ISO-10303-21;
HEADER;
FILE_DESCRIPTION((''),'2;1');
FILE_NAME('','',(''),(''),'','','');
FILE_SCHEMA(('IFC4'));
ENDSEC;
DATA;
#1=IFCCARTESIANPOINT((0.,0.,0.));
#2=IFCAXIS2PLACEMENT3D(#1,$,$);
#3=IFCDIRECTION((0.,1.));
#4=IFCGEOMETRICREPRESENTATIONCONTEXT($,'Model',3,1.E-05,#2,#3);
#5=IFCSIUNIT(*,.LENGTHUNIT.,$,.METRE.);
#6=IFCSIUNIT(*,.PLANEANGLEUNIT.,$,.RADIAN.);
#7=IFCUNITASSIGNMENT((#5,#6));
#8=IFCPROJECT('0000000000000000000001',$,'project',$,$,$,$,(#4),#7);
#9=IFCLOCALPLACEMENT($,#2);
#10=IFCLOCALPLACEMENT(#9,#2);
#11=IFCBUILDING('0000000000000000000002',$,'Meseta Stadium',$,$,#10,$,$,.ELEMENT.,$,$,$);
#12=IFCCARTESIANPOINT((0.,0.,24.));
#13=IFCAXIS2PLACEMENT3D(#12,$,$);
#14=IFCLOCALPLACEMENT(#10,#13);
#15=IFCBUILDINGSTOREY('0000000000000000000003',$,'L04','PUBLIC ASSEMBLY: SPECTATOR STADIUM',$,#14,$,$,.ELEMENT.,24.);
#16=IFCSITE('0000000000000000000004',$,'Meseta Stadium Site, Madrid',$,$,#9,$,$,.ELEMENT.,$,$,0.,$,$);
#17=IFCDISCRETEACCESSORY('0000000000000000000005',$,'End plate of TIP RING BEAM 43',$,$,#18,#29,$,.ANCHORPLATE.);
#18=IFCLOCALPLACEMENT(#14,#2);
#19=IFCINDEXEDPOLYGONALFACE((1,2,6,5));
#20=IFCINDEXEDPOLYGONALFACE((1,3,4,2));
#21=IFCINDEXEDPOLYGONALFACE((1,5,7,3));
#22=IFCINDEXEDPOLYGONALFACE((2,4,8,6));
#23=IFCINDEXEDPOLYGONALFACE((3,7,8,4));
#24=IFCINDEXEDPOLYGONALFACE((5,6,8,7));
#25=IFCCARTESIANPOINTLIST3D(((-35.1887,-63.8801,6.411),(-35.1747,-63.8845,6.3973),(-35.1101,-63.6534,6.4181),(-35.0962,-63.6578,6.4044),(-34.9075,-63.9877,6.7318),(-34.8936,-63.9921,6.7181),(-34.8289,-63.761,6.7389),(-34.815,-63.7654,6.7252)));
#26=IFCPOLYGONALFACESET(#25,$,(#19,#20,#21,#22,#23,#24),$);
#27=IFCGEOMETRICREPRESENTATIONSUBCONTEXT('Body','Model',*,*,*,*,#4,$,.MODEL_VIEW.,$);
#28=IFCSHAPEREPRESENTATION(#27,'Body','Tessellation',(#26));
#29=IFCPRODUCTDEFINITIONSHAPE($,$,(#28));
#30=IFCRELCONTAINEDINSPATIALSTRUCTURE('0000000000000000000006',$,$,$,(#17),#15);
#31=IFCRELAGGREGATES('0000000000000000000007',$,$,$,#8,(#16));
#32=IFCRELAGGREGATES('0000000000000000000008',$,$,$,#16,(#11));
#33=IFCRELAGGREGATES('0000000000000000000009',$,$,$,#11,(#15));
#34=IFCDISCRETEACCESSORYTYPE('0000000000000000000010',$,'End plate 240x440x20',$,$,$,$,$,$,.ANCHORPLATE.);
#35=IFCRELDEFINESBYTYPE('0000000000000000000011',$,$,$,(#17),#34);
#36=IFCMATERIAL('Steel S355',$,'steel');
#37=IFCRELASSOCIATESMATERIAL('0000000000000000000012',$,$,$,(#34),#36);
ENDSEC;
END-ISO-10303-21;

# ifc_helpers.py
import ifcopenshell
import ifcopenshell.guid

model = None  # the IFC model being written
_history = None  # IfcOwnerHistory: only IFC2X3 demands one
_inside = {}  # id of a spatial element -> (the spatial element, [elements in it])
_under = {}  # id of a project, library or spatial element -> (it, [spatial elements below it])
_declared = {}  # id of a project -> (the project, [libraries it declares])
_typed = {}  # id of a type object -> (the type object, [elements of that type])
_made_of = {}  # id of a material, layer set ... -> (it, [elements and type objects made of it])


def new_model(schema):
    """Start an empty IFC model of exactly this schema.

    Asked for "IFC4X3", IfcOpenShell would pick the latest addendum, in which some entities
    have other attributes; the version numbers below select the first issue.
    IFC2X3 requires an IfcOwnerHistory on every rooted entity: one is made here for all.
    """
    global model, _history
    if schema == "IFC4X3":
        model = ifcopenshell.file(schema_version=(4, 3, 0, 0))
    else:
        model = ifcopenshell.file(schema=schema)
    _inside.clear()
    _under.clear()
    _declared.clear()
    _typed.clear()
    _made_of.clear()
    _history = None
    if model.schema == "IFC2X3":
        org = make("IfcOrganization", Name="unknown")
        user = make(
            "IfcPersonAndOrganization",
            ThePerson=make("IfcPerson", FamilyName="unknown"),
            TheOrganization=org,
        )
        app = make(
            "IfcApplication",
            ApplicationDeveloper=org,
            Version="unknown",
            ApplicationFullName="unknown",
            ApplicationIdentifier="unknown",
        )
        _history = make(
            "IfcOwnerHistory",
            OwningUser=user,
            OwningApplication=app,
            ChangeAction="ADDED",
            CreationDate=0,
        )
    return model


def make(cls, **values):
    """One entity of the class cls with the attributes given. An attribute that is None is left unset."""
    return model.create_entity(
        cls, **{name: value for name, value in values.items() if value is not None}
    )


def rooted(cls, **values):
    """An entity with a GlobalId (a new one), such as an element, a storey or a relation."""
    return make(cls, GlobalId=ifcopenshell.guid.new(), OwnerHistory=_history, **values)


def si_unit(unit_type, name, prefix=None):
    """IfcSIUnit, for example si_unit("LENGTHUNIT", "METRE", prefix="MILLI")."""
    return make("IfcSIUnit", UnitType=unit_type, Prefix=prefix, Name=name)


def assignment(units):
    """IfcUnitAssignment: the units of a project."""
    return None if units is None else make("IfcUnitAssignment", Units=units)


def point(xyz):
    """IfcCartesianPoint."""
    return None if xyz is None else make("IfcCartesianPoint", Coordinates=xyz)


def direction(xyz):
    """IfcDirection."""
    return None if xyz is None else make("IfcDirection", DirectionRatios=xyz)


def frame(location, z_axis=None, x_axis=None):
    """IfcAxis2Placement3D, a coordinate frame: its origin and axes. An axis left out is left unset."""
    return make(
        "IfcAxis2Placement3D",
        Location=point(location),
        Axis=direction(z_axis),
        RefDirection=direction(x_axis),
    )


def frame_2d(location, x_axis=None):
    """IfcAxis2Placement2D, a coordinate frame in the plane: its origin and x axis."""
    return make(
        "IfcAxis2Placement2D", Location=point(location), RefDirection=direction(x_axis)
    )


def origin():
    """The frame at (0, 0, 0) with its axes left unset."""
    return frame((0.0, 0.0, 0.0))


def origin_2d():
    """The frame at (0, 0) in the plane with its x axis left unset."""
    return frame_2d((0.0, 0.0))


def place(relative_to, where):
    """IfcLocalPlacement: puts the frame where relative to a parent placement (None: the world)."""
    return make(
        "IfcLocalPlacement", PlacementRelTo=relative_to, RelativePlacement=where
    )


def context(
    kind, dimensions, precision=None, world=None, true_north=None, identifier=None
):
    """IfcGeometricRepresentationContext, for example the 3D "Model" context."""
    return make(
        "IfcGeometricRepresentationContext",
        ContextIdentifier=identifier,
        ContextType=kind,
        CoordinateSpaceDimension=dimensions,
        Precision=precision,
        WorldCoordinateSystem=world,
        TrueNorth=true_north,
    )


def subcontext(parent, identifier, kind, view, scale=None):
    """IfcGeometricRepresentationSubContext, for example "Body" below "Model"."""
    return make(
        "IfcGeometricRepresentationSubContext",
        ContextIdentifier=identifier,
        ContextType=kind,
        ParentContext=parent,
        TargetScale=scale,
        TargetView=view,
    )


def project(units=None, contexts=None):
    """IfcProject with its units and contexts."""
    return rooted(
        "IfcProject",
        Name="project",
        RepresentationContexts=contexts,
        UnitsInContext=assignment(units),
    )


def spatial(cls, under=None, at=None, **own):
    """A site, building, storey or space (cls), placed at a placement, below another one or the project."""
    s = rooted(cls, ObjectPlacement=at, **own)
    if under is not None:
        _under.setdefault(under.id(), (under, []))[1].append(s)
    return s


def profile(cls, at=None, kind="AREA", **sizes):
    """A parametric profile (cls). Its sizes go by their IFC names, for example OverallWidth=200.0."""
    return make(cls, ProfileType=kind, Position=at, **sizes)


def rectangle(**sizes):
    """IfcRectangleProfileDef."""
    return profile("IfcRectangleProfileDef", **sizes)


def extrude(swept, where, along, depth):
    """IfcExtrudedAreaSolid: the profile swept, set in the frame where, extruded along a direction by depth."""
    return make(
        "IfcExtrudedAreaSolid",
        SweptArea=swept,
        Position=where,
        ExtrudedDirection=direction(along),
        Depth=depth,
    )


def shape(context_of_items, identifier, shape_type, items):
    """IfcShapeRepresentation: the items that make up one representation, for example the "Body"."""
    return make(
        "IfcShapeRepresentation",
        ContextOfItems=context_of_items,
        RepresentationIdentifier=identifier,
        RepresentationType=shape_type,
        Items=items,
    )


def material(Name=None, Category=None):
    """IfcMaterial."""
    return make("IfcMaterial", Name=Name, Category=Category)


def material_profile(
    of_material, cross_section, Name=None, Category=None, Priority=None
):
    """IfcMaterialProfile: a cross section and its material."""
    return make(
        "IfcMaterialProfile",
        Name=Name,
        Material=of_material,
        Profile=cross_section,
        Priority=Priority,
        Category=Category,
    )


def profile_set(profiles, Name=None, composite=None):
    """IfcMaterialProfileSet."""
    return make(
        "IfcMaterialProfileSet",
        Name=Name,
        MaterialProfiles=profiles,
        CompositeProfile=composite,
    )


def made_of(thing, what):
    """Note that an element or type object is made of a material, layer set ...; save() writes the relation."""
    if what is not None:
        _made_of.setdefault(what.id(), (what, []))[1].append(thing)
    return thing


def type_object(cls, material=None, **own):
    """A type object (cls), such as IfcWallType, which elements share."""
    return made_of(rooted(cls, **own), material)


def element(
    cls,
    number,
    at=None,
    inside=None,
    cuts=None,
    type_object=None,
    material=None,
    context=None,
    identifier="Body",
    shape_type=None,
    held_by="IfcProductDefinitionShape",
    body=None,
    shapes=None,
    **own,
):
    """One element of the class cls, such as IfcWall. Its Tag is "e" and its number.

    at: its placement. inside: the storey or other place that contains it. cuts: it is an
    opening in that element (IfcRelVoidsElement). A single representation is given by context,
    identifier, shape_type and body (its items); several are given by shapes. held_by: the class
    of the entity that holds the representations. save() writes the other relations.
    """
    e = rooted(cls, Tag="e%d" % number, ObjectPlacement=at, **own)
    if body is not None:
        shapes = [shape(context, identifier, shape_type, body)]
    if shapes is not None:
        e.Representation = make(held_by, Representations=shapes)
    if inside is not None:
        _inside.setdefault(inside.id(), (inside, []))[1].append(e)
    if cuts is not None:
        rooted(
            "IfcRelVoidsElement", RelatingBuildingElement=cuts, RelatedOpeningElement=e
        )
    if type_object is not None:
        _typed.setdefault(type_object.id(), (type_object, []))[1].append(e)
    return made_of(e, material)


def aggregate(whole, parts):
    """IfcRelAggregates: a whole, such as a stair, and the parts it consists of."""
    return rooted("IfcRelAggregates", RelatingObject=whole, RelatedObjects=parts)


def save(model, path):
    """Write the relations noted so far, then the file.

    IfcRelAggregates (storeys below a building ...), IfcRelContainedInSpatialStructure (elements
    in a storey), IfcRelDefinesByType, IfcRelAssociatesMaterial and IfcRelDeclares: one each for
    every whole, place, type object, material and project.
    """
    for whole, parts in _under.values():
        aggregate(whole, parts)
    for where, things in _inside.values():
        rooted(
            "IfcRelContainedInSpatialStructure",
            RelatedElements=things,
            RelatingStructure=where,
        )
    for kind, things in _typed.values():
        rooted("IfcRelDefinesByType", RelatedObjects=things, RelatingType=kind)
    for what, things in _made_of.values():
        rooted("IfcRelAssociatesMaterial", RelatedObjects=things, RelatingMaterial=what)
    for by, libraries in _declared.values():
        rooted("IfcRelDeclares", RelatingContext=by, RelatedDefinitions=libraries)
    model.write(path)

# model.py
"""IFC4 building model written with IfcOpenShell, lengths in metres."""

from ifc_helpers import new_model, si_unit, direction, frame, origin, origin_2d, place, context, subcontext, project, spatial, rectangle, extrude, material, material_profile, profile_set, type_object, element, save


model = new_model("IFC4")

# Units and contexts
model_context = context("Model", 3, precision=1e-05, world=origin(), true_north=direction((0.0, 1.0)))
body_context = subcontext(model_context, "Body", "Model", "MODEL_VIEW")
ifc_project = project(units=[si_unit("LENGTHUNIT", "METRE"), si_unit("PLANEANGLEUNIT", "RADIAN")], contexts=[model_context])

# Site, building, storey
site_placement = place(None, origin())
site = spatial("IfcSite", under=ifc_project, at=site_placement, Name="Meseta Stadium Site, Madrid", CompositionType="ELEMENT", RefElevation=0.0)
building_placement = place(site_placement, origin())
building = spatial("IfcBuilding", under=site, at=building_placement, Name="Meseta Stadium", CompositionType="ELEMENT")
storey_placement = place(building_placement, frame((0.0, 0.0, 24.0)))
storey = spatial("IfcBuildingStorey", under=building, at=storey_placement, Name="L04", Description="PUBLIC ASSEMBLY: SPECTATOR STADIUM", CompositionType="ELEMENT", Elevation=24.0)

# Discrete accessory
ifc_material_1 = material(Name="Steel S355", Category="steel")
ifc_material_profile_1 = material_profile(ifc_material_1, rectangle(XDim=0.24, YDim=0.4399, at=origin_2d()), Name="PL 240x440")
ifc_profile_set_1 = profile_set([ifc_material_profile_1], Name="Steel S355")
discrete_accessory_type_1 = type_object("IfcDiscreteAccessoryType", Name="End plate 240x440x20", PredefinedType="ANCHORPLATE", material=ifc_profile_set_1)
discrete_accessory_1_placement = place(storey_placement, frame((-35.0088, -63.8206, 6.575), z_axis=(0.695899, -0.219757, -0.68369), x_axis=(0.327476, 0.94439, 0.02977)))
element("IfcDiscreteAccessory", 1, at=discrete_accessory_1_placement, inside=storey, type_object=discrete_accessory_type_1, Name="End plate of TIP RING BEAM 43", PredefinedType="ANCHORPLATE", context=body_context, shape_type="SweptSolid", body=[
    extrude(rectangle(XDim=0.24, YDim=0.4399, at=origin_2d()), origin(), (0.0, 0.0, 1.0), 0.02),
])

save(model, "model.ifc")
